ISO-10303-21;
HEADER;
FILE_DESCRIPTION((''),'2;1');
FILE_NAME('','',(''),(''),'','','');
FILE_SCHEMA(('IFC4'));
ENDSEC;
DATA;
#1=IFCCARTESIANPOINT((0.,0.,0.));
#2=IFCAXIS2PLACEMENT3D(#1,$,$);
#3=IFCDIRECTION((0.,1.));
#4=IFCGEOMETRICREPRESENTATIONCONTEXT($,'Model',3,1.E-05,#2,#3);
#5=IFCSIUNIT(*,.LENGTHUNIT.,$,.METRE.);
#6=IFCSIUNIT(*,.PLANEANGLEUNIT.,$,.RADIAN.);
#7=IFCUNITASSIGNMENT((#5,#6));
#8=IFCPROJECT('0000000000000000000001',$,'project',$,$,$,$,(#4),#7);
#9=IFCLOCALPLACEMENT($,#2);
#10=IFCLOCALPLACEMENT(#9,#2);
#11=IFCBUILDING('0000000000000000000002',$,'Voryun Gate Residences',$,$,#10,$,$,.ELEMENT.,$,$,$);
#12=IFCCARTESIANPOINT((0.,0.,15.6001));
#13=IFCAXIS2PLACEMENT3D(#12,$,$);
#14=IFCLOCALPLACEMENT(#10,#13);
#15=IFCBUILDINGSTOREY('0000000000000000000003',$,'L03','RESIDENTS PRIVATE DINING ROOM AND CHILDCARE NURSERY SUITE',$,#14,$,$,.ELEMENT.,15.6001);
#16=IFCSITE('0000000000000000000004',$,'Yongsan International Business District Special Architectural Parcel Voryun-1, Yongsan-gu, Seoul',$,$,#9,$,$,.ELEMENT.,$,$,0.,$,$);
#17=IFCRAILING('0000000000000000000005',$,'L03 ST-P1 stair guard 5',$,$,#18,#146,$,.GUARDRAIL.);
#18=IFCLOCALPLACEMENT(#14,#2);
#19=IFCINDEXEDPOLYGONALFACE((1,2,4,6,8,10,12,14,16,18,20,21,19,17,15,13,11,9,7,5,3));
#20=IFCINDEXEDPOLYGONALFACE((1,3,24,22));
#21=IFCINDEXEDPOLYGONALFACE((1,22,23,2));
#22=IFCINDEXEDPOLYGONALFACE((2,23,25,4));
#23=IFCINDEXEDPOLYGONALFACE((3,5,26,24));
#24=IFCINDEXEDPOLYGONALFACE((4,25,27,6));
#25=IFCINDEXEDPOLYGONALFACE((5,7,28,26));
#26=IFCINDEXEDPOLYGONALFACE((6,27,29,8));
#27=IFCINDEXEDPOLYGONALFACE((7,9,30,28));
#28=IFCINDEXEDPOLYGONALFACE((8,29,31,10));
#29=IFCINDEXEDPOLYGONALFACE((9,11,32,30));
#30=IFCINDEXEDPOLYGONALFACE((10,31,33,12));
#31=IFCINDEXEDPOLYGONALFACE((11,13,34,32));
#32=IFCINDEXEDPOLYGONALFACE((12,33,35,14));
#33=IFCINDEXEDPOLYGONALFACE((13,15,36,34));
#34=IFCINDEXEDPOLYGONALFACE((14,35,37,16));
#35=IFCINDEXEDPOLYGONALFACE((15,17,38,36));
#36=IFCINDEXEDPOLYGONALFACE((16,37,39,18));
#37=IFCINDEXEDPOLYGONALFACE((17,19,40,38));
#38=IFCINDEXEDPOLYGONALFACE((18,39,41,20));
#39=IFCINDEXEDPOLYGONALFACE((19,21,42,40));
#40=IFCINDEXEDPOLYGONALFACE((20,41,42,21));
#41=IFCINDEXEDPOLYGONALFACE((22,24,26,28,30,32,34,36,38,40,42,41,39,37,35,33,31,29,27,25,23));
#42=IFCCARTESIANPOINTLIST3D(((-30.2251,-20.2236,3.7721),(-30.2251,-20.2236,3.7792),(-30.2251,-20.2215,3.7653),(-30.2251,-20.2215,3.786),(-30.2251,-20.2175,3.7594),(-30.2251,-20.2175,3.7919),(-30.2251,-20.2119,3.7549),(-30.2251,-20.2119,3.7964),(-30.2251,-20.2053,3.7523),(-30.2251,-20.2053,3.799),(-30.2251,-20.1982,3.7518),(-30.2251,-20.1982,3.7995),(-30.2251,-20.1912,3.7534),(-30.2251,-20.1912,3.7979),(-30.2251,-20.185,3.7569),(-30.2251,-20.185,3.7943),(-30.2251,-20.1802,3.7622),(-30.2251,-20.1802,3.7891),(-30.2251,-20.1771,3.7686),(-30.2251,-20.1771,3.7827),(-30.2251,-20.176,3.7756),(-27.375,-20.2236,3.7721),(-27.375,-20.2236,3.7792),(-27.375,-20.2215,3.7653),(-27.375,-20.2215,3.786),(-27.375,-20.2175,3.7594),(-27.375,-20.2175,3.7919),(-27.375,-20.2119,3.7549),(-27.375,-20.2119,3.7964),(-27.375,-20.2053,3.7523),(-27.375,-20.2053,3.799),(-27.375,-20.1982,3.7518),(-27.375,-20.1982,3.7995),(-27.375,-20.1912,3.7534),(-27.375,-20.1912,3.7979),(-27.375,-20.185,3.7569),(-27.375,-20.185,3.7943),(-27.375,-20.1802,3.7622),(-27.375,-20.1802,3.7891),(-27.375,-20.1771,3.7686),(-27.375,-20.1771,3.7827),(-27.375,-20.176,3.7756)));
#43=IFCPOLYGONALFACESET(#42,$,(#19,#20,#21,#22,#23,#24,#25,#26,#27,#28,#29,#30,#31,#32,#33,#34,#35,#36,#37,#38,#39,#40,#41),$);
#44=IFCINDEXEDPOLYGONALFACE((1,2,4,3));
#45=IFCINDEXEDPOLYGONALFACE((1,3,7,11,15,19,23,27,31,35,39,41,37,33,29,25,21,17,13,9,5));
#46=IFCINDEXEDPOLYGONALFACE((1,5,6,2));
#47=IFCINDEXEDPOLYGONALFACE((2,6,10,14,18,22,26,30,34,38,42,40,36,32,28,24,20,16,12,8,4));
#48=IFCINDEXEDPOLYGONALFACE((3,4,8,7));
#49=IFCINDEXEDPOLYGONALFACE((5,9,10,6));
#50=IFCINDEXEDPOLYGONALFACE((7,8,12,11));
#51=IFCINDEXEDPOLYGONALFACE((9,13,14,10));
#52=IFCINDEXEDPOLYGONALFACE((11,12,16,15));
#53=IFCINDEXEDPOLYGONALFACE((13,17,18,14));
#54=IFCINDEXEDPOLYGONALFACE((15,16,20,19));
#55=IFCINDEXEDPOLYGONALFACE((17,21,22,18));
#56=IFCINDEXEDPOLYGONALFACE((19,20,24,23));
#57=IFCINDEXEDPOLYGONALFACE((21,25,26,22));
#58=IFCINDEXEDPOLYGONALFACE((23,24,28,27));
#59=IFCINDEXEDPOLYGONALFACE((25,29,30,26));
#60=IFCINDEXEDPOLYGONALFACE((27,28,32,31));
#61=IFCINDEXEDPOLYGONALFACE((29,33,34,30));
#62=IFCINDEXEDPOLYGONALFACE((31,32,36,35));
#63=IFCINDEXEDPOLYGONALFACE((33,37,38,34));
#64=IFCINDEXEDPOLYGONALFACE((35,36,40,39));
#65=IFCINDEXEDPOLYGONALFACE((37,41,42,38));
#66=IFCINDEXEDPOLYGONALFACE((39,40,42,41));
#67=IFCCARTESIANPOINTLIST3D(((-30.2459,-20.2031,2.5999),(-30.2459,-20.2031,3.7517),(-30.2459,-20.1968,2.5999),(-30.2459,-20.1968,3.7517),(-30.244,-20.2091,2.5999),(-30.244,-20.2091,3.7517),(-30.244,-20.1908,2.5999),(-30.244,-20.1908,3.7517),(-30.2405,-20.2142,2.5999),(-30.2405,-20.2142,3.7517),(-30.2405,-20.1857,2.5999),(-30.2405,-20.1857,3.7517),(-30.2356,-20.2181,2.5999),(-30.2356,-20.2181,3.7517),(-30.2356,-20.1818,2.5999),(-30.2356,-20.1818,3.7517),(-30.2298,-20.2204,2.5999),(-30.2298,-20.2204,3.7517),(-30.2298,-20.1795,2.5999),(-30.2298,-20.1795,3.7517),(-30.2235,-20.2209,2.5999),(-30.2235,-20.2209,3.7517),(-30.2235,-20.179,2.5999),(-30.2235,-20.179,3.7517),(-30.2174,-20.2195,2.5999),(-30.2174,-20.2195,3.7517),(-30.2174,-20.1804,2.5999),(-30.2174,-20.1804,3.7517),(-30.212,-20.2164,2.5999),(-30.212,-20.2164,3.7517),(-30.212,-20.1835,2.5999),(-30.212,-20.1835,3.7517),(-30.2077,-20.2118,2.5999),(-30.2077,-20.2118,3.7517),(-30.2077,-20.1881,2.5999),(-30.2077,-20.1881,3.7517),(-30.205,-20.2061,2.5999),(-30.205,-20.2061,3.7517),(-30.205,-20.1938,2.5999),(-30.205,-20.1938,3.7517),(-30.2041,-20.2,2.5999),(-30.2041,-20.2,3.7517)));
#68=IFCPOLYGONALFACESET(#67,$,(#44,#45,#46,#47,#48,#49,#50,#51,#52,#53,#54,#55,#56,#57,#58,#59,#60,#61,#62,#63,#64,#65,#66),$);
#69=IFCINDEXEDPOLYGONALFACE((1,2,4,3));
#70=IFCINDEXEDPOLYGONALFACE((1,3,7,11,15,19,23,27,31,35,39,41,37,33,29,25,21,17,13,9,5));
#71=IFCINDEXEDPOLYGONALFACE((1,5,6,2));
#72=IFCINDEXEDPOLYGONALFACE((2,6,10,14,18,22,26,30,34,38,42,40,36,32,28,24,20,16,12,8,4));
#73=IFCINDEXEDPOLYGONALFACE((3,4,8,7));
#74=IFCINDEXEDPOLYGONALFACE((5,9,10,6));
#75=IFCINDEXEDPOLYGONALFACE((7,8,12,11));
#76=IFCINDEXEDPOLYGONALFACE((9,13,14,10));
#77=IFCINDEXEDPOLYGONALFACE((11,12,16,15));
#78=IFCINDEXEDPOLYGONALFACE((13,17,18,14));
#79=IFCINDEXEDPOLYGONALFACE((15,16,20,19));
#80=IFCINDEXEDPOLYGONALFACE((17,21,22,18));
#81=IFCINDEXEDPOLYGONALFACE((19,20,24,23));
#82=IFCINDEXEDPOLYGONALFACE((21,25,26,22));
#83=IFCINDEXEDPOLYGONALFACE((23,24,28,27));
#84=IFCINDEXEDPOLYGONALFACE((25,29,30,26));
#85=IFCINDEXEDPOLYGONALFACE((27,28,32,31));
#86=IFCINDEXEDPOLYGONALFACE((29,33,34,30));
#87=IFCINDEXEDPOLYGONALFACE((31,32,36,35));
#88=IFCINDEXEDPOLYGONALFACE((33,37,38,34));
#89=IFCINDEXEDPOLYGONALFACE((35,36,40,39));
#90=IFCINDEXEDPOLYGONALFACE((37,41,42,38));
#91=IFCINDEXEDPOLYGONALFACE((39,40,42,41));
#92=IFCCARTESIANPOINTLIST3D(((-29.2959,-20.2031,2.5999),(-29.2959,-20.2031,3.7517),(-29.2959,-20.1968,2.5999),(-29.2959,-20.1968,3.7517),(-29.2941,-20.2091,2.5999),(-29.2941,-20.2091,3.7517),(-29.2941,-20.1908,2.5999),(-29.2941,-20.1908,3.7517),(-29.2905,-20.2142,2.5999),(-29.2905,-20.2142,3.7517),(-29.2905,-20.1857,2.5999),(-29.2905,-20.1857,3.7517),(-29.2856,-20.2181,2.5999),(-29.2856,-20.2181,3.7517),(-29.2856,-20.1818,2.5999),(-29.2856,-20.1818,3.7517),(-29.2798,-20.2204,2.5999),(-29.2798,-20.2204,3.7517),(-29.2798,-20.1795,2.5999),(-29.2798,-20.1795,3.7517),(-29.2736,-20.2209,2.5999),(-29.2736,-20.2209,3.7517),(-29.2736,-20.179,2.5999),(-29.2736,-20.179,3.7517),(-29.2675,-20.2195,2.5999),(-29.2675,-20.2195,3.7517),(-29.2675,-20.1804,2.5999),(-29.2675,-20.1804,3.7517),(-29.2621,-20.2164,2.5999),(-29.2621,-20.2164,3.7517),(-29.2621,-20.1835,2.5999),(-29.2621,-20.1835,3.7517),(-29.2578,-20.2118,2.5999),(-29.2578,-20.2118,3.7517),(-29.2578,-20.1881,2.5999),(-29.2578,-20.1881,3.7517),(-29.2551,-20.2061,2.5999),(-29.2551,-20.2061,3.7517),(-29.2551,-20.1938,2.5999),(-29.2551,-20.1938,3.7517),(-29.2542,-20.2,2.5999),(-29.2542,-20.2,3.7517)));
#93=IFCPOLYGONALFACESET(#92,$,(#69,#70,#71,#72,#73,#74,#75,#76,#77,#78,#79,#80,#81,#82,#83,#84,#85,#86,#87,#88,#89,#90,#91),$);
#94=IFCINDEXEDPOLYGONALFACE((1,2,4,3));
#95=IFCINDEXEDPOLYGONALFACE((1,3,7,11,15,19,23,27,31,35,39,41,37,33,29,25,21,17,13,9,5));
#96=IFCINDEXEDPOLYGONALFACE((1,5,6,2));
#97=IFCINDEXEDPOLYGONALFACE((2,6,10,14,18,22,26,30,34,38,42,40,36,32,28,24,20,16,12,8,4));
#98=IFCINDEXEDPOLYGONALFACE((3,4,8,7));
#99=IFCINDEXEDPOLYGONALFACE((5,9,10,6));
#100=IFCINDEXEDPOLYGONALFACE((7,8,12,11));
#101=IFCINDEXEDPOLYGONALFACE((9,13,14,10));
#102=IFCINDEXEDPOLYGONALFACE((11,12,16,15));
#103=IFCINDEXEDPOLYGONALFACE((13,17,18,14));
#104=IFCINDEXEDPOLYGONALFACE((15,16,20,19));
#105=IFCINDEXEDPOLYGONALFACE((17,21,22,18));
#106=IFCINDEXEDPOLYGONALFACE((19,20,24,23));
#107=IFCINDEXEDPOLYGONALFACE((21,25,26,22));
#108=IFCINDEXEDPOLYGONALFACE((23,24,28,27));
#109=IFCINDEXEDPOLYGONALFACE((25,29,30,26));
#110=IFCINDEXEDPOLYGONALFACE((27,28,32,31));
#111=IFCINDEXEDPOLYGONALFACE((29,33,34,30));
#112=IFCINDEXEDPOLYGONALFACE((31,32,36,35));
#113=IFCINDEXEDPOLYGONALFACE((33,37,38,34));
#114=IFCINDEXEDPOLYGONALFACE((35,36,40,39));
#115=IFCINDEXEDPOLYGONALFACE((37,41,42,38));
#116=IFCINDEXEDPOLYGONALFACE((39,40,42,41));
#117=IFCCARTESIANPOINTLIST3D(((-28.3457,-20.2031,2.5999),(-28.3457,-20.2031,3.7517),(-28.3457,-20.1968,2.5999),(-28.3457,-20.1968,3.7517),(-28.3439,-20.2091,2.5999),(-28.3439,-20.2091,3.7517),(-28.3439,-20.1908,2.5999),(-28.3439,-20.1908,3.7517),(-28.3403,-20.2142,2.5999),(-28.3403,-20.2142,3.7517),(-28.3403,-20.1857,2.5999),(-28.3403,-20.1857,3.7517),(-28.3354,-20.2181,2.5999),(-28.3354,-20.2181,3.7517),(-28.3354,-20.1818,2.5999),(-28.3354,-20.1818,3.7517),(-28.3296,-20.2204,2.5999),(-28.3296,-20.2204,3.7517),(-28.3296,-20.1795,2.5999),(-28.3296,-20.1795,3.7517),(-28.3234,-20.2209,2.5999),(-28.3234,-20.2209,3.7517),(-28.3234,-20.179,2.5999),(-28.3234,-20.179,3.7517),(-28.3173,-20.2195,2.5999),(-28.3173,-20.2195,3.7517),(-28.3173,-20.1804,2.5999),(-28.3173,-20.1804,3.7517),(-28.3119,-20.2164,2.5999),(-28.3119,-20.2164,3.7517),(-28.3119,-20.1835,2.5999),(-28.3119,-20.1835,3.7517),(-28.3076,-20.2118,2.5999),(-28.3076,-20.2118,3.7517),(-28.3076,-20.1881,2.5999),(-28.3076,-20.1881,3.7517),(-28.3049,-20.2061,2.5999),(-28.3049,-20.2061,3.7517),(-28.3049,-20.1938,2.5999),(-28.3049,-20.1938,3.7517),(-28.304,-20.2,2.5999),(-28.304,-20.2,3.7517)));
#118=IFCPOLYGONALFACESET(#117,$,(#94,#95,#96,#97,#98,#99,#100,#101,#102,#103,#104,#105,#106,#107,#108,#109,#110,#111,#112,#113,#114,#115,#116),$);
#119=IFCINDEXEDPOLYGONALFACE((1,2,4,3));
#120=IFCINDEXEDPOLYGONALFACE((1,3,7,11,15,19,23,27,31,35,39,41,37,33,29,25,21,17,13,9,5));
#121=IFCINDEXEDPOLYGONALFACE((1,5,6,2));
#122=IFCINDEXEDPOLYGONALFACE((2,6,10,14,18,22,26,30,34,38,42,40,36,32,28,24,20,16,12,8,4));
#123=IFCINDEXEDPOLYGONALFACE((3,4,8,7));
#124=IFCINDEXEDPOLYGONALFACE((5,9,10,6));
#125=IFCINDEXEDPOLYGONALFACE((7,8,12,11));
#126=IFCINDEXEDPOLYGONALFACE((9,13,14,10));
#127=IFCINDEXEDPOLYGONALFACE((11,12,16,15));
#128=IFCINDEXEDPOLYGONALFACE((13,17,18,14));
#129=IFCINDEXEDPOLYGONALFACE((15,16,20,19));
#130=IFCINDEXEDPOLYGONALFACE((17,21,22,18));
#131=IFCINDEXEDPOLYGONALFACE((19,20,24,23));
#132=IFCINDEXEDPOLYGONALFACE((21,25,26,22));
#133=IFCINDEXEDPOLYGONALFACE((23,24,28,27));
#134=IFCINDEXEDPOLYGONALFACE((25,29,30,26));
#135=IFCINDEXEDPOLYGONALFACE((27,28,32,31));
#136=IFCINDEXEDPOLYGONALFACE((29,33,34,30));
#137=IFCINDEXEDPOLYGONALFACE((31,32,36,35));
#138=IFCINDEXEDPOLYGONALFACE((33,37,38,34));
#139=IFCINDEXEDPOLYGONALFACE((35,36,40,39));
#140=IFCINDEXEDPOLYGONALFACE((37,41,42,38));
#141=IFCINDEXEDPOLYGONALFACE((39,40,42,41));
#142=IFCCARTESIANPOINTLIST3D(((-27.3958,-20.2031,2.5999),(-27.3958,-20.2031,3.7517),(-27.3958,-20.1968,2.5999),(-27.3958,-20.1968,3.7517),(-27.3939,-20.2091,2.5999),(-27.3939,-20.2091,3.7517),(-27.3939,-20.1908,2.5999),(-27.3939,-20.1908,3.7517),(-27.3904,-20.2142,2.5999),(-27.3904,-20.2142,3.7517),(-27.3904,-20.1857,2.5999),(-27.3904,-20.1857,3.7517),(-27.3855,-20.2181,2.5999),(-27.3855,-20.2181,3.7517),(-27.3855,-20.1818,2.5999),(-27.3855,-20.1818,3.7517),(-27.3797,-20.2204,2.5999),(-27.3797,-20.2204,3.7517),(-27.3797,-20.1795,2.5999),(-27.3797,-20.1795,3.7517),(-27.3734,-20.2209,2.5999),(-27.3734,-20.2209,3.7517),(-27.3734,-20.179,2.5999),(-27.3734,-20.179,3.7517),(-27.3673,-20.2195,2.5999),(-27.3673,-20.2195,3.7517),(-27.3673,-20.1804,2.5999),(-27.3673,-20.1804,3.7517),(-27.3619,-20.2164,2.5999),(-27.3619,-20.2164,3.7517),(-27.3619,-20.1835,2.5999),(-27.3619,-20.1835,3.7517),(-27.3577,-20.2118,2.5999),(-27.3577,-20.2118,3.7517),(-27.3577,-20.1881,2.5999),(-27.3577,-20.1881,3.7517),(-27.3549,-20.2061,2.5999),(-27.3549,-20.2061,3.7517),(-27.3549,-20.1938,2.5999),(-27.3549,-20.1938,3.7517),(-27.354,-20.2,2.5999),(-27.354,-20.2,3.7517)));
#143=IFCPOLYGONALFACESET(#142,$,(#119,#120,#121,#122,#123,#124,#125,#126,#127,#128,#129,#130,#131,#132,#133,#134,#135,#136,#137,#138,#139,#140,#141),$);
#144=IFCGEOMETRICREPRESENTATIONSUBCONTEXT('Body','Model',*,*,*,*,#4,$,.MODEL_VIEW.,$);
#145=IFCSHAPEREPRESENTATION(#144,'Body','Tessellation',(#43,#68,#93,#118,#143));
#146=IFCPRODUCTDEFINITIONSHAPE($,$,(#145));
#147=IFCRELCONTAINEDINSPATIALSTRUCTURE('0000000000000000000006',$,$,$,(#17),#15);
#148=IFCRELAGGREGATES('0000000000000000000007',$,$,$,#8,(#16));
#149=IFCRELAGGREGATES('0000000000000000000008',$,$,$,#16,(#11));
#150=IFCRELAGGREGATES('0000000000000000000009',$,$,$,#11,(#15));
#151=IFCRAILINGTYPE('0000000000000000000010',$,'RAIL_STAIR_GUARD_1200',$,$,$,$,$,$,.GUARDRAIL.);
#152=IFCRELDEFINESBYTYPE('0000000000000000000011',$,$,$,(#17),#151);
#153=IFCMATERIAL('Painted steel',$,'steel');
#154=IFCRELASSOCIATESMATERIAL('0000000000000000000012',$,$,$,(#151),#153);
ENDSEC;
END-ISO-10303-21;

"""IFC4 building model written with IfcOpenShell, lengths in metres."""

from ifc_helpers import new_model, si_unit, direction, frame, origin, origin_2d, place, context, subcontext, project, spatial, circle, extrude, material, type_object, element, save


model = new_model("IFC4")

# Units and contexts
model_context = context("Model", 3, precision=1e-05, world=origin(), true_north=direction((0.0, 1.0)))
body_context = subcontext(model_context, "Body", "Model", "MODEL_VIEW")
ifc_project = project(units=[si_unit("LENGTHUNIT", "METRE"), si_unit("PLANEANGLEUNIT", "RADIAN")], contexts=[model_context])

# Site, building, storey
site_placement = place(None, origin())
site = spatial("IfcSite", under=ifc_project, at=site_placement, Name="Yongsan International Business District Special Architectural Parcel Voryun-1, Yongsan-gu, Seoul", CompositionType="ELEMENT", RefElevation=0.0)
building_placement = place(site_placement, origin())
building = spatial("IfcBuilding", under=site, at=building_placement, Name="Voryun Gate Residences", CompositionType="ELEMENT")
storey_placement = place(building_placement, frame((0.0, 0.0, 15.6001)))
storey = spatial("IfcBuildingStorey", under=building, at=storey_placement, Name="L03", Description="RESIDENTS PRIVATE DINING ROOM AND CHILDCARE NURSERY SUITE", CompositionType="ELEMENT", Elevation=15.6001)

# Railing
ifc_material_1 = material(Name="Painted steel", Category="steel")
railing_type_1 = type_object("IfcRailingType", Name="RAIL_STAIR_GUARD_1200", PredefinedType="GUARDRAIL", material=ifc_material_1)
railing_1_placement = place(storey_placement, frame((-30.2251, -20.2, 2.5999)))
element("IfcRailing", 1, at=railing_1_placement, inside=storey, type_object=railing_type_1, Name="L03 ST-P1 stair guard 5", PredefinedType="GUARDRAIL", context=body_context, shape_type="SweptSolid", body=[
    extrude(circle(Radius=0.0239, at=origin_2d()), frame((0.0, 0.0, 1.1758), z_axis=(1.0, 0.0, 0.0), x_axis=(0.0, 1.0, 0.0)), (0.0, 0.0, 1.0), 2.8501),
    extrude(circle(Radius=0.021, at=origin_2d()), origin(), (0.0, 0.0, 1.0), 1.1519),
    extrude(circle(Radius=0.021, at=origin_2d()), frame((0.95, 0.0, 0.0)), (0.0, 0.0, 1.0), 1.1519),
    extrude(circle(Radius=0.021, at=origin_2d()), frame((1.9001, 0.0, 0.0)), (0.0, 0.0, 1.0), 1.1519),
    extrude(circle(Radius=0.021, at=origin_2d()), frame((2.8501, 0.0, 0.0)), (0.0, 0.0, 1.0), 1.1519),
])

save(model, "model.ifc")
